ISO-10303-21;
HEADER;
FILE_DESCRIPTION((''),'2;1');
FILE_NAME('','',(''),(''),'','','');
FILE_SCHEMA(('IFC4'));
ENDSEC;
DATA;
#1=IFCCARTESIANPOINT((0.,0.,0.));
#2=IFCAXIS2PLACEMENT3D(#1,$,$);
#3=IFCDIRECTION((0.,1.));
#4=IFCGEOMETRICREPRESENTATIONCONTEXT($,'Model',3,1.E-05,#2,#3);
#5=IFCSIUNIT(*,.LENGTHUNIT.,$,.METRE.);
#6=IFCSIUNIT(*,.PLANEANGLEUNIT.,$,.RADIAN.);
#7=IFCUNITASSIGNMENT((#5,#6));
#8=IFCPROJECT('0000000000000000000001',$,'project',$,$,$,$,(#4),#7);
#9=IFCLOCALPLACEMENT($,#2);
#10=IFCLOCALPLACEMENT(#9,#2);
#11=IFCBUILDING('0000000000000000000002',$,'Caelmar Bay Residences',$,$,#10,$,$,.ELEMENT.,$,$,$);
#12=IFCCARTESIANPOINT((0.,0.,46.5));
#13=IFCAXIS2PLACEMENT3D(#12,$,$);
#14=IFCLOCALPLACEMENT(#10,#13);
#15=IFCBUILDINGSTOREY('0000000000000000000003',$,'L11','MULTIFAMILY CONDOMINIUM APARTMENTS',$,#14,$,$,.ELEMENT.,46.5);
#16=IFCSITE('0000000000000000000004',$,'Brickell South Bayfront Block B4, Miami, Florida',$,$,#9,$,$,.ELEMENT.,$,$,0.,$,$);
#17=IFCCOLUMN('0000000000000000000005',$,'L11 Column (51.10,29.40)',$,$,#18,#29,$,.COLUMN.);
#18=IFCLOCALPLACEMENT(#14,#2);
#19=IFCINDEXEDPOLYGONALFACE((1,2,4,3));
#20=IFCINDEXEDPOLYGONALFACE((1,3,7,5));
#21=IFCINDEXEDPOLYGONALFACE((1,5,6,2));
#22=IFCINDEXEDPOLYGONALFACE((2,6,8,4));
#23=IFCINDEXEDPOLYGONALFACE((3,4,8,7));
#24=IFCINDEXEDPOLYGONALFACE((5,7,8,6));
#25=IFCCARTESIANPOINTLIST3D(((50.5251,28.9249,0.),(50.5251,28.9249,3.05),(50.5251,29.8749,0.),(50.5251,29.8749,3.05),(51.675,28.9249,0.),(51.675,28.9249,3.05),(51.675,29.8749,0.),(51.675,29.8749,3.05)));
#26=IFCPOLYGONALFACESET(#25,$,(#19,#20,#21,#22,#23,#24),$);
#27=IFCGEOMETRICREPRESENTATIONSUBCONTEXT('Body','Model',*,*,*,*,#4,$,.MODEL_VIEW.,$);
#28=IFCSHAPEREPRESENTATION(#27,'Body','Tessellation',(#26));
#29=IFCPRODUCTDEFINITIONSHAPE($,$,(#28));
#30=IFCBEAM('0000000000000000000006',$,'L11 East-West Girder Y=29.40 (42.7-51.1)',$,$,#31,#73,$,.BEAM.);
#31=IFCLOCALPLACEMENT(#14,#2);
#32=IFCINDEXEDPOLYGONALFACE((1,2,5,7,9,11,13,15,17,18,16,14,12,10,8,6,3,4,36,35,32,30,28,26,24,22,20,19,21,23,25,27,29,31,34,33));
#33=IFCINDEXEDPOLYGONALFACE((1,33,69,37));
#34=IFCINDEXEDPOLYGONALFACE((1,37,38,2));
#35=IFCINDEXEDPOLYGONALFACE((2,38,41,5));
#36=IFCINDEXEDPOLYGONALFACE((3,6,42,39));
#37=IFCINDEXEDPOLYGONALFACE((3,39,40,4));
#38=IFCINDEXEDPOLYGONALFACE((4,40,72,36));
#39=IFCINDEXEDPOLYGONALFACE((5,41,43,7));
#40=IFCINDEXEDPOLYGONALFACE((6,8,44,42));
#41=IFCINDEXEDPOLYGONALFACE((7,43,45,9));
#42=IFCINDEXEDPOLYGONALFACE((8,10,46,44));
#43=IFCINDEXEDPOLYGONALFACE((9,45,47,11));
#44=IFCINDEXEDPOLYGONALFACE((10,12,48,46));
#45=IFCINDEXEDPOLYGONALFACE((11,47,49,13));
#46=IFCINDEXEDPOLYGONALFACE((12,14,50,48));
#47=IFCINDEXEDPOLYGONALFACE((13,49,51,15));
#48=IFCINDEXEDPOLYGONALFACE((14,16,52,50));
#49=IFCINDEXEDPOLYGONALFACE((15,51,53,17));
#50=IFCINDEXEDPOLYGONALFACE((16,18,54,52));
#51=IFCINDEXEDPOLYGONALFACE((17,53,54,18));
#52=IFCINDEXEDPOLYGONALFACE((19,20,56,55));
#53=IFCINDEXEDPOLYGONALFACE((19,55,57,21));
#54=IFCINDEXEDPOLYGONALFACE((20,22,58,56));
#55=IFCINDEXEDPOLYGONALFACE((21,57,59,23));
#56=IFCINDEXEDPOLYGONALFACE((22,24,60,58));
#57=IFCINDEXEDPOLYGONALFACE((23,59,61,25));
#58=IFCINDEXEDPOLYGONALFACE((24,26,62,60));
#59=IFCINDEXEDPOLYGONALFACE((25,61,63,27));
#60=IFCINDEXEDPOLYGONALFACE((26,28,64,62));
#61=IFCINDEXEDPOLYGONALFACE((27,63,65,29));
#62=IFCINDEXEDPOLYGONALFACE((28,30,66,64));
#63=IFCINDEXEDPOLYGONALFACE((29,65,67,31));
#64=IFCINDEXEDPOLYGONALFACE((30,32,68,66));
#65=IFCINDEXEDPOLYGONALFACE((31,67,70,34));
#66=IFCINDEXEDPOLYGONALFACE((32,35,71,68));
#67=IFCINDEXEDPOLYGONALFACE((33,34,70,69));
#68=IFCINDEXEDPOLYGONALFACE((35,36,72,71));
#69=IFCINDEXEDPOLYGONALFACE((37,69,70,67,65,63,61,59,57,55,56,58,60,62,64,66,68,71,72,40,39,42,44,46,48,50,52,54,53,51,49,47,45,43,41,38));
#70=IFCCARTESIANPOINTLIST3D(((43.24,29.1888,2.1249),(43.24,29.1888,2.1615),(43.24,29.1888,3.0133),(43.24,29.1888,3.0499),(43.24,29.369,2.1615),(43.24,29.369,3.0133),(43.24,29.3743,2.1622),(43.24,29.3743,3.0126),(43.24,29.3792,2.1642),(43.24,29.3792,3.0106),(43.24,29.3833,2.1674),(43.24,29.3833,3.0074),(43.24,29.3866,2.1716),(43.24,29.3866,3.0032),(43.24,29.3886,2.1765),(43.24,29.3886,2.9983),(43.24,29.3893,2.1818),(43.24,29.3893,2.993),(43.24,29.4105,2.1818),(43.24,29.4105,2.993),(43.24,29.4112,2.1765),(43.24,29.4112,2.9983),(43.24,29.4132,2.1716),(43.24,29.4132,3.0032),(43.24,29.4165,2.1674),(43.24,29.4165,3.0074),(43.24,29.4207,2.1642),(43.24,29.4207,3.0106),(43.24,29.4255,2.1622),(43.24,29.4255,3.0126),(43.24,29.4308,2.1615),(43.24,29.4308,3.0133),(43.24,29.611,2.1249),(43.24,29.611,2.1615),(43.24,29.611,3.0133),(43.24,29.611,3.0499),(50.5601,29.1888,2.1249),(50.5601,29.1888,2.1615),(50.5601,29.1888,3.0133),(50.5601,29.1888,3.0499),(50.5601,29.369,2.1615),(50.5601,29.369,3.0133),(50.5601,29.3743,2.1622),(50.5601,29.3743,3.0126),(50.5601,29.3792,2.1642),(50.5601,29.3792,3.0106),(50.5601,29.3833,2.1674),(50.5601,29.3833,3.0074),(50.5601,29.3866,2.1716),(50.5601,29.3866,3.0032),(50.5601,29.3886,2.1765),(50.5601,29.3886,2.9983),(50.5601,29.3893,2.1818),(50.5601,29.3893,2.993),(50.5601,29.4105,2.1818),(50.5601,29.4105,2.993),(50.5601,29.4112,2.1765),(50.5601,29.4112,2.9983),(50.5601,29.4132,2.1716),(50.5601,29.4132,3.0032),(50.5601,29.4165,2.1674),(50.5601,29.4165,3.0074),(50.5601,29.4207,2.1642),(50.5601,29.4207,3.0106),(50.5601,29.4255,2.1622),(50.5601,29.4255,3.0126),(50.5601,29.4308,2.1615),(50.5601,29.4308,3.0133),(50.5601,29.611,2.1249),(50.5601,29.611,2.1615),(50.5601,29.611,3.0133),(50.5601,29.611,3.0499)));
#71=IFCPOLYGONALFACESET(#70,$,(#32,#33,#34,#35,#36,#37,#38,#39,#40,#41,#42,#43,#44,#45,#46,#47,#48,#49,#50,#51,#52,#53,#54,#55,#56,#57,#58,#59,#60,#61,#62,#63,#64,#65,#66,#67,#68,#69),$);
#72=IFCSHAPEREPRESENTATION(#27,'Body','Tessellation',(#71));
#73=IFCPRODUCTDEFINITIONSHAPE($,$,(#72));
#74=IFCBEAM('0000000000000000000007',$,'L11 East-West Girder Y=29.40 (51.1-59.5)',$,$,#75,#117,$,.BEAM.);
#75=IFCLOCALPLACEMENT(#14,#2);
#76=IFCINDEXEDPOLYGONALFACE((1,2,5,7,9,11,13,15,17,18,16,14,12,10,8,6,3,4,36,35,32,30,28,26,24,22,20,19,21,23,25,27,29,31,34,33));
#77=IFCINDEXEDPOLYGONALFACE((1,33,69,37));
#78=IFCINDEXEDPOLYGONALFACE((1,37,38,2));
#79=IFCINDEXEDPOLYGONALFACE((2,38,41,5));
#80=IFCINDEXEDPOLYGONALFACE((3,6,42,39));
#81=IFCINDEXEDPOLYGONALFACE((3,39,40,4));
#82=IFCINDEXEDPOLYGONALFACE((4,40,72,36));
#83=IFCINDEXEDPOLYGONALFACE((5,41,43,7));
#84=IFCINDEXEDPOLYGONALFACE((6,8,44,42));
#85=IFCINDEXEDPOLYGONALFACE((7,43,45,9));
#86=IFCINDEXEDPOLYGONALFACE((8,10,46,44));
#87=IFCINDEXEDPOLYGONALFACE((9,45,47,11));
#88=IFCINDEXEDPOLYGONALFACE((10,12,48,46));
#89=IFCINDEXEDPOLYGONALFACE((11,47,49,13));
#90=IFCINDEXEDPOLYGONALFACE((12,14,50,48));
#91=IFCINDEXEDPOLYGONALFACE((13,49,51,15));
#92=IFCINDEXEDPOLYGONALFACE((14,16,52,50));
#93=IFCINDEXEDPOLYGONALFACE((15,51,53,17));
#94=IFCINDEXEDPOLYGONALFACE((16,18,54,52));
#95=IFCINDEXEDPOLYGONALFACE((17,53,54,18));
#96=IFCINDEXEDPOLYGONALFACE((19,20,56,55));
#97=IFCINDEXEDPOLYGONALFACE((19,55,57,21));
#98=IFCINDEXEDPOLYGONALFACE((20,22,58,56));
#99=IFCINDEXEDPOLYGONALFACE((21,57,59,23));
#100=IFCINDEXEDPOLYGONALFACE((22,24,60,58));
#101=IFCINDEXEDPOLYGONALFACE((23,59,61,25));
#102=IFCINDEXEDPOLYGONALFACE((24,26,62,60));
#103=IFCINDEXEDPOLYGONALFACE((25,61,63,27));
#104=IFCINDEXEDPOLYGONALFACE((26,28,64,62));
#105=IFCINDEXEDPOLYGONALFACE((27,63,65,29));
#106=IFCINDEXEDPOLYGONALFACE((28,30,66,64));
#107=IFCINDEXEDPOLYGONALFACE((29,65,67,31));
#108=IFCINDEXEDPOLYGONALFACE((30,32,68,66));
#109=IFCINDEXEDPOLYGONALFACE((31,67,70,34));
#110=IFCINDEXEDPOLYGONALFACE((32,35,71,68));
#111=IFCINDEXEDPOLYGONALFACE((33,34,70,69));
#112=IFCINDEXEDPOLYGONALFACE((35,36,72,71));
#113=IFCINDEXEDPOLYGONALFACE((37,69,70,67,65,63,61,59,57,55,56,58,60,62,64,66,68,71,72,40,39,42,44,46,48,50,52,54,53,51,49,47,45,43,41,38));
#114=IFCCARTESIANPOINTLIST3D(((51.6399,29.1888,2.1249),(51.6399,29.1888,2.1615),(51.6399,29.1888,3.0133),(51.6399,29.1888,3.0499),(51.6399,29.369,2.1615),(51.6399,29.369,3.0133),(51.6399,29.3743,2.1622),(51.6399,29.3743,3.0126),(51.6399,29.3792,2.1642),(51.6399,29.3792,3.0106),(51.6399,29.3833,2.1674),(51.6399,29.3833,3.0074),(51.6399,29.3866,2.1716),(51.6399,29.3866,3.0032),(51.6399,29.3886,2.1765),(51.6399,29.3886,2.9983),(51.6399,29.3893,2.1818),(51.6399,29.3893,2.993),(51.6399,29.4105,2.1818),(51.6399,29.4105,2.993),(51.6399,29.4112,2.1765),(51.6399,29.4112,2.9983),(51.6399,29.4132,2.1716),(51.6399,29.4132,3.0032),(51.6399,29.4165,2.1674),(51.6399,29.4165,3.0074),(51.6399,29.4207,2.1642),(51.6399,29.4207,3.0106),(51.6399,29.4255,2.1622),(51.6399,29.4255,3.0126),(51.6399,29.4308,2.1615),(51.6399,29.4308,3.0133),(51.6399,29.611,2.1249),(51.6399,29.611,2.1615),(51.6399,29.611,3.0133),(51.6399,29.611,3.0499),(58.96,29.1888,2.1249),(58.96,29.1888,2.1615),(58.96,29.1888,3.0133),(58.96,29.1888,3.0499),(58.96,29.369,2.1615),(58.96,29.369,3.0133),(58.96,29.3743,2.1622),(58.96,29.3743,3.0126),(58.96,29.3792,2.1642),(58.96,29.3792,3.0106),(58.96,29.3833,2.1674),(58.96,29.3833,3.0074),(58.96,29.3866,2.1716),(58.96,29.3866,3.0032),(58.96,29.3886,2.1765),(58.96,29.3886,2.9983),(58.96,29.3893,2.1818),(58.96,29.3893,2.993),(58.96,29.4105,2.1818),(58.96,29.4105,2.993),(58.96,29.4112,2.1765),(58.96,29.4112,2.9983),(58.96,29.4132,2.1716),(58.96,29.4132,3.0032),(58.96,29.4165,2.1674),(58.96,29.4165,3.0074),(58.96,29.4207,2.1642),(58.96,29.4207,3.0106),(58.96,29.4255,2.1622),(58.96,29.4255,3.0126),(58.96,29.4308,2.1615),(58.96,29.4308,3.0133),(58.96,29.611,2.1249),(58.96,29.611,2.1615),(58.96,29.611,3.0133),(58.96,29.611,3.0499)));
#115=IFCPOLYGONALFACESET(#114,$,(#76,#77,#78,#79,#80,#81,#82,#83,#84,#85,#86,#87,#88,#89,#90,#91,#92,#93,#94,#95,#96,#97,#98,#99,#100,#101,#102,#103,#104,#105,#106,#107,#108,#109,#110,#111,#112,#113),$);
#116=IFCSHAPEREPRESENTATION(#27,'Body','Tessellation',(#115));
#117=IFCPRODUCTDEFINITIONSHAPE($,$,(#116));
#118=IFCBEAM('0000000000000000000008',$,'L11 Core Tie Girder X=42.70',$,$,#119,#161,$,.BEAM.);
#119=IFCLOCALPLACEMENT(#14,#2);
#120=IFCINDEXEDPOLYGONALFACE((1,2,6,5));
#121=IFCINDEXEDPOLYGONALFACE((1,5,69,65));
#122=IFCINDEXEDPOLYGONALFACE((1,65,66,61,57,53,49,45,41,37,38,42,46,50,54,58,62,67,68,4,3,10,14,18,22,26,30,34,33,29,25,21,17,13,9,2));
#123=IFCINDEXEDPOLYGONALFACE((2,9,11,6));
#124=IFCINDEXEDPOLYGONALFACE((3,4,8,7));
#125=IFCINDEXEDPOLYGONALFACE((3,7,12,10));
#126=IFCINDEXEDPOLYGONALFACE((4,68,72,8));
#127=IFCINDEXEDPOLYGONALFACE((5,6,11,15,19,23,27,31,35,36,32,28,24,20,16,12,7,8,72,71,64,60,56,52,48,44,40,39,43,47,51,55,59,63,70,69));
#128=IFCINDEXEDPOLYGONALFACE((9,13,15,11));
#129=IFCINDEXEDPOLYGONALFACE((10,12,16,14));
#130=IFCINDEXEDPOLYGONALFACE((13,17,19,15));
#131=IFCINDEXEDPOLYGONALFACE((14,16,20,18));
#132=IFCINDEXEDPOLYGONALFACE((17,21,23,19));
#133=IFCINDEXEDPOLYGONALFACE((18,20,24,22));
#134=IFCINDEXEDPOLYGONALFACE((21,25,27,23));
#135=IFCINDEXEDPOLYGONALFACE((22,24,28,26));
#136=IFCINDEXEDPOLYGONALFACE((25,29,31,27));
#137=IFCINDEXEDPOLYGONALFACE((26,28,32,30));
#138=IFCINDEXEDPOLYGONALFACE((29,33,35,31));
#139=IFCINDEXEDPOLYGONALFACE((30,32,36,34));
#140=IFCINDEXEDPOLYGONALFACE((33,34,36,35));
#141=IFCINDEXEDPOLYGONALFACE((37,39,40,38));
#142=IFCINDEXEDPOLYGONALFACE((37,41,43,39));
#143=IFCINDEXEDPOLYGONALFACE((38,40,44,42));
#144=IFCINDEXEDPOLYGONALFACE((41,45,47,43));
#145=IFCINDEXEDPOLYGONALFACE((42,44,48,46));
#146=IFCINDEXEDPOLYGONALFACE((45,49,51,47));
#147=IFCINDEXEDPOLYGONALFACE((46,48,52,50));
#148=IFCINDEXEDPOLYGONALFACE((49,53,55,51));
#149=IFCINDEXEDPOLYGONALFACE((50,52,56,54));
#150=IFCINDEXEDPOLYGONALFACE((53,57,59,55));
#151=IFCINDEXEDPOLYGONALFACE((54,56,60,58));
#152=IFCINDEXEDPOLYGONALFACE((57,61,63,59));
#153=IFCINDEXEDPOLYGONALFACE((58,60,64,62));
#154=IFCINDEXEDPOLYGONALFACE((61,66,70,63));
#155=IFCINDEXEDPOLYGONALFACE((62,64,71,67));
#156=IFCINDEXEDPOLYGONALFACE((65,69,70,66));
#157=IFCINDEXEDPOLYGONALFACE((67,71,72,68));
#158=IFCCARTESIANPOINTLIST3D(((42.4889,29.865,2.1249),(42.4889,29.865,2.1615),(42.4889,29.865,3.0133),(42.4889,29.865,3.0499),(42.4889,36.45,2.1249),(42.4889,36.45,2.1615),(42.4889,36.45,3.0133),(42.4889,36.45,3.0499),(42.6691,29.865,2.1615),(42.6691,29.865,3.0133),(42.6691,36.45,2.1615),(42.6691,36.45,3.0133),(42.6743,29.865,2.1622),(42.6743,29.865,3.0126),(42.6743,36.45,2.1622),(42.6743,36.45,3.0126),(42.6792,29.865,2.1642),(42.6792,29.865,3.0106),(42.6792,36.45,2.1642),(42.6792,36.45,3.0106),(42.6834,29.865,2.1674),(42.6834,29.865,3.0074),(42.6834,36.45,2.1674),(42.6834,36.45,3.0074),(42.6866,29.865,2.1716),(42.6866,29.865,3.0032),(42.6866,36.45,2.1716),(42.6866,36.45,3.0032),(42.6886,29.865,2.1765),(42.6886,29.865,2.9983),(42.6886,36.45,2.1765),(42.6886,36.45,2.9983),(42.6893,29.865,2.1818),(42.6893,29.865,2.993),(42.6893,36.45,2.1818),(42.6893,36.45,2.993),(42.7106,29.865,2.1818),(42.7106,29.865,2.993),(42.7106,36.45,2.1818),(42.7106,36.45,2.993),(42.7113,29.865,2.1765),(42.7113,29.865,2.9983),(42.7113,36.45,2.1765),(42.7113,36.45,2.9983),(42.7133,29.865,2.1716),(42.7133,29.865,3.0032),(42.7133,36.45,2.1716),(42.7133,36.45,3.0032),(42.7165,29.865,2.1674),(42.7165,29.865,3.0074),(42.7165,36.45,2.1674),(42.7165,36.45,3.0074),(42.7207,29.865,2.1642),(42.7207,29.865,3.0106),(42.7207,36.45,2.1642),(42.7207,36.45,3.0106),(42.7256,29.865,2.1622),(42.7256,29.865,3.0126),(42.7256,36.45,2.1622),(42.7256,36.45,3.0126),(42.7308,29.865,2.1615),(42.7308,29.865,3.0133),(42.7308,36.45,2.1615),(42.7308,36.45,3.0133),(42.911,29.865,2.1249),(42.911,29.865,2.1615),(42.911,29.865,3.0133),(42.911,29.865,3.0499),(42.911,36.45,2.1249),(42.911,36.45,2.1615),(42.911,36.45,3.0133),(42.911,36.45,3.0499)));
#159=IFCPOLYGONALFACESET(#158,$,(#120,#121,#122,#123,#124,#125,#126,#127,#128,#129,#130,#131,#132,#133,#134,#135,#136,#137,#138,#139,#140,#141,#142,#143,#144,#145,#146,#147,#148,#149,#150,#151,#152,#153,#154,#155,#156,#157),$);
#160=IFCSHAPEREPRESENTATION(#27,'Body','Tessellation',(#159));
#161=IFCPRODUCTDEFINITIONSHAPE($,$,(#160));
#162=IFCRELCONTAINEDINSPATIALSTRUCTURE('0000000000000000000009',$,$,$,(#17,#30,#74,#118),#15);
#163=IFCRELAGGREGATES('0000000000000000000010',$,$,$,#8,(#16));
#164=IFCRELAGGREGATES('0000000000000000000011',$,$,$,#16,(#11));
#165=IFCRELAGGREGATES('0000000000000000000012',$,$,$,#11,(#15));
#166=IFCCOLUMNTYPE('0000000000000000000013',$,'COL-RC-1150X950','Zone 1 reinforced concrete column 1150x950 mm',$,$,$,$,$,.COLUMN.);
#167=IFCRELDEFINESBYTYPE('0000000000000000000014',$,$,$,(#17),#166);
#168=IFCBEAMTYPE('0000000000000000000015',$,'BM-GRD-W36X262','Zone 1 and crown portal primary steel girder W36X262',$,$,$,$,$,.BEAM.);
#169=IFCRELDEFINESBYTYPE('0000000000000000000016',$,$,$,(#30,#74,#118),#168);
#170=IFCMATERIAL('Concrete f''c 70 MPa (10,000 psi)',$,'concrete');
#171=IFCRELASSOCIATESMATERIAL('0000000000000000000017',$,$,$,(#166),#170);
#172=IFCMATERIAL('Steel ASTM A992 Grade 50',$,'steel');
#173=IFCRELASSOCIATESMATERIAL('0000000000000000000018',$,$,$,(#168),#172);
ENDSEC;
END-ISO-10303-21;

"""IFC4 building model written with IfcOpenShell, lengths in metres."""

from ifc_helpers import new_model, si_unit, direction, frame, origin, origin_2d, place, context, subcontext, project, spatial, rectangle, i_section, extrude, material, material_profile, profile_set, type_object, element, save


model = new_model("IFC4")

# Units and contexts
model_context = context("Model", 3, precision=1e-05, world=origin(), true_north=direction((0.0, 1.0)))
body_context = subcontext(model_context, "Body", "Model", "MODEL_VIEW")
ifc_project = project(units=[si_unit("LENGTHUNIT", "METRE"), si_unit("PLANEANGLEUNIT", "RADIAN")], contexts=[model_context])

# Site, building, storey
site_placement = place(None, origin())
site = spatial("IfcSite", under=ifc_project, at=site_placement, Name="Brickell South Bayfront Block B4, Miami, Florida", CompositionType="ELEMENT", RefElevation=0.0)
building_placement = place(site_placement, origin())
building = spatial("IfcBuilding", under=site, at=building_placement, Name="Caelmar Bay Residences", CompositionType="ELEMENT")
storey_placement = place(building_placement, frame((0.0, 0.0, 46.5)))
storey = spatial("IfcBuildingStorey", under=building, at=storey_placement, Name="L11", Description="MULTIFAMILY CONDOMINIUM APARTMENTS", CompositionType="ELEMENT", Elevation=46.5)

# Column
ifc_material_1 = material(Name="Concrete f'c 70 MPa (10,000 psi)", Category="concrete")
ifc_material_profile_1 = material_profile(ifc_material_1, rectangle(XDim=1.1499, YDim=0.95, at=origin_2d()), Name="RC-COL-1150X950")
ifc_profile_set_1 = profile_set([ifc_material_profile_1], Name="Concrete f'c 70 MPa (10,000 psi)")
column_type = type_object("IfcColumnType", Name="COL-RC-1150X950", Description="Zone 1 reinforced concrete column 1150x950 mm", PredefinedType="COLUMN", material=ifc_profile_set_1)
column_placement = place(storey_placement, frame((51.1001, 29.3999, 0.0), z_axis=(0.0, 0.0, 1.0), x_axis=(1.0, 0.0, 0.0)))
element("IfcColumn", 1, at=column_placement, inside=storey, type_object=column_type, Name="L11 Column (51.10,29.40)", PredefinedType="COLUMN", context=body_context, shape_type="SweptSolid", body=[
    extrude(rectangle(XDim=1.1499, YDim=0.95, at=origin_2d()), origin(), (0.0, 0.0, 1.0), 3.05),
])

# Beams
ifc_material_2 = material(Name="Steel ASTM A992 Grade 50", Category="steel")
ifc_material_profile_2 = material_profile(ifc_material_2, i_section(OverallWidth=0.4221, OverallDepth=0.925, WebThickness=0.0212, FlangeThickness=0.0366, FilletRadius=0.0203, at=origin_2d()), Name="W36X262")
ifc_profile_set_2 = profile_set([ifc_material_profile_2], Name="Steel ASTM A992 Grade 50")
beam_type_1 = type_object("IfcBeamType", Name="BM-GRD-W36X262", Description="Zone 1 and crown portal primary steel girder W36X262", PredefinedType="BEAM", material=ifc_profile_set_2)
for number, where, z_axis, x_axis, name in (
    (2, (43.24, 29.3999, 2.5874), (1.0, 0.0, 0.0), (0.0, 1.0, 0.0), "L11 East-West Girder Y=29.40 (42.7-51.1)"),
    (3, (51.6399, 29.3999, 2.5874), (1.0, 0.0, 0.0), (0.0, 1.0, 0.0), "L11 East-West Girder Y=29.40 (51.1-59.5)"),
):
    element("IfcBeam", number, at=place(storey_placement, frame(where, z_axis=z_axis, x_axis=x_axis)), inside=storey, type_object=beam_type_1, Name=name, PredefinedType="BEAM", context=body_context, shape_type="SweptSolid", body=[
        extrude(i_section(OverallWidth=0.4221, OverallDepth=0.925, WebThickness=0.0212, FlangeThickness=0.0366, FilletRadius=0.0203, at=origin_2d()), origin(), (0.0, 0.0, 1.0), 7.3201),
    ])
beam_1_placement = place(storey_placement, frame((42.7, 29.865, 2.5874), z_axis=(0.0, 1.0, 0.0), x_axis=(-1.0, 0.0, 0.0)))
element("IfcBeam", 4, at=beam_1_placement, inside=storey, type_object=beam_type_1, Name="L11 Core Tie Girder X=42.70", PredefinedType="BEAM", context=body_context, shape_type="SweptSolid", body=[
    extrude(i_section(OverallWidth=0.4221, OverallDepth=0.925, WebThickness=0.0212, FlangeThickness=0.0366, FilletRadius=0.0203, at=origin_2d()), origin(), (0.0, 0.0, 1.0), 6.585),
])

save(model, "model.ifc")
